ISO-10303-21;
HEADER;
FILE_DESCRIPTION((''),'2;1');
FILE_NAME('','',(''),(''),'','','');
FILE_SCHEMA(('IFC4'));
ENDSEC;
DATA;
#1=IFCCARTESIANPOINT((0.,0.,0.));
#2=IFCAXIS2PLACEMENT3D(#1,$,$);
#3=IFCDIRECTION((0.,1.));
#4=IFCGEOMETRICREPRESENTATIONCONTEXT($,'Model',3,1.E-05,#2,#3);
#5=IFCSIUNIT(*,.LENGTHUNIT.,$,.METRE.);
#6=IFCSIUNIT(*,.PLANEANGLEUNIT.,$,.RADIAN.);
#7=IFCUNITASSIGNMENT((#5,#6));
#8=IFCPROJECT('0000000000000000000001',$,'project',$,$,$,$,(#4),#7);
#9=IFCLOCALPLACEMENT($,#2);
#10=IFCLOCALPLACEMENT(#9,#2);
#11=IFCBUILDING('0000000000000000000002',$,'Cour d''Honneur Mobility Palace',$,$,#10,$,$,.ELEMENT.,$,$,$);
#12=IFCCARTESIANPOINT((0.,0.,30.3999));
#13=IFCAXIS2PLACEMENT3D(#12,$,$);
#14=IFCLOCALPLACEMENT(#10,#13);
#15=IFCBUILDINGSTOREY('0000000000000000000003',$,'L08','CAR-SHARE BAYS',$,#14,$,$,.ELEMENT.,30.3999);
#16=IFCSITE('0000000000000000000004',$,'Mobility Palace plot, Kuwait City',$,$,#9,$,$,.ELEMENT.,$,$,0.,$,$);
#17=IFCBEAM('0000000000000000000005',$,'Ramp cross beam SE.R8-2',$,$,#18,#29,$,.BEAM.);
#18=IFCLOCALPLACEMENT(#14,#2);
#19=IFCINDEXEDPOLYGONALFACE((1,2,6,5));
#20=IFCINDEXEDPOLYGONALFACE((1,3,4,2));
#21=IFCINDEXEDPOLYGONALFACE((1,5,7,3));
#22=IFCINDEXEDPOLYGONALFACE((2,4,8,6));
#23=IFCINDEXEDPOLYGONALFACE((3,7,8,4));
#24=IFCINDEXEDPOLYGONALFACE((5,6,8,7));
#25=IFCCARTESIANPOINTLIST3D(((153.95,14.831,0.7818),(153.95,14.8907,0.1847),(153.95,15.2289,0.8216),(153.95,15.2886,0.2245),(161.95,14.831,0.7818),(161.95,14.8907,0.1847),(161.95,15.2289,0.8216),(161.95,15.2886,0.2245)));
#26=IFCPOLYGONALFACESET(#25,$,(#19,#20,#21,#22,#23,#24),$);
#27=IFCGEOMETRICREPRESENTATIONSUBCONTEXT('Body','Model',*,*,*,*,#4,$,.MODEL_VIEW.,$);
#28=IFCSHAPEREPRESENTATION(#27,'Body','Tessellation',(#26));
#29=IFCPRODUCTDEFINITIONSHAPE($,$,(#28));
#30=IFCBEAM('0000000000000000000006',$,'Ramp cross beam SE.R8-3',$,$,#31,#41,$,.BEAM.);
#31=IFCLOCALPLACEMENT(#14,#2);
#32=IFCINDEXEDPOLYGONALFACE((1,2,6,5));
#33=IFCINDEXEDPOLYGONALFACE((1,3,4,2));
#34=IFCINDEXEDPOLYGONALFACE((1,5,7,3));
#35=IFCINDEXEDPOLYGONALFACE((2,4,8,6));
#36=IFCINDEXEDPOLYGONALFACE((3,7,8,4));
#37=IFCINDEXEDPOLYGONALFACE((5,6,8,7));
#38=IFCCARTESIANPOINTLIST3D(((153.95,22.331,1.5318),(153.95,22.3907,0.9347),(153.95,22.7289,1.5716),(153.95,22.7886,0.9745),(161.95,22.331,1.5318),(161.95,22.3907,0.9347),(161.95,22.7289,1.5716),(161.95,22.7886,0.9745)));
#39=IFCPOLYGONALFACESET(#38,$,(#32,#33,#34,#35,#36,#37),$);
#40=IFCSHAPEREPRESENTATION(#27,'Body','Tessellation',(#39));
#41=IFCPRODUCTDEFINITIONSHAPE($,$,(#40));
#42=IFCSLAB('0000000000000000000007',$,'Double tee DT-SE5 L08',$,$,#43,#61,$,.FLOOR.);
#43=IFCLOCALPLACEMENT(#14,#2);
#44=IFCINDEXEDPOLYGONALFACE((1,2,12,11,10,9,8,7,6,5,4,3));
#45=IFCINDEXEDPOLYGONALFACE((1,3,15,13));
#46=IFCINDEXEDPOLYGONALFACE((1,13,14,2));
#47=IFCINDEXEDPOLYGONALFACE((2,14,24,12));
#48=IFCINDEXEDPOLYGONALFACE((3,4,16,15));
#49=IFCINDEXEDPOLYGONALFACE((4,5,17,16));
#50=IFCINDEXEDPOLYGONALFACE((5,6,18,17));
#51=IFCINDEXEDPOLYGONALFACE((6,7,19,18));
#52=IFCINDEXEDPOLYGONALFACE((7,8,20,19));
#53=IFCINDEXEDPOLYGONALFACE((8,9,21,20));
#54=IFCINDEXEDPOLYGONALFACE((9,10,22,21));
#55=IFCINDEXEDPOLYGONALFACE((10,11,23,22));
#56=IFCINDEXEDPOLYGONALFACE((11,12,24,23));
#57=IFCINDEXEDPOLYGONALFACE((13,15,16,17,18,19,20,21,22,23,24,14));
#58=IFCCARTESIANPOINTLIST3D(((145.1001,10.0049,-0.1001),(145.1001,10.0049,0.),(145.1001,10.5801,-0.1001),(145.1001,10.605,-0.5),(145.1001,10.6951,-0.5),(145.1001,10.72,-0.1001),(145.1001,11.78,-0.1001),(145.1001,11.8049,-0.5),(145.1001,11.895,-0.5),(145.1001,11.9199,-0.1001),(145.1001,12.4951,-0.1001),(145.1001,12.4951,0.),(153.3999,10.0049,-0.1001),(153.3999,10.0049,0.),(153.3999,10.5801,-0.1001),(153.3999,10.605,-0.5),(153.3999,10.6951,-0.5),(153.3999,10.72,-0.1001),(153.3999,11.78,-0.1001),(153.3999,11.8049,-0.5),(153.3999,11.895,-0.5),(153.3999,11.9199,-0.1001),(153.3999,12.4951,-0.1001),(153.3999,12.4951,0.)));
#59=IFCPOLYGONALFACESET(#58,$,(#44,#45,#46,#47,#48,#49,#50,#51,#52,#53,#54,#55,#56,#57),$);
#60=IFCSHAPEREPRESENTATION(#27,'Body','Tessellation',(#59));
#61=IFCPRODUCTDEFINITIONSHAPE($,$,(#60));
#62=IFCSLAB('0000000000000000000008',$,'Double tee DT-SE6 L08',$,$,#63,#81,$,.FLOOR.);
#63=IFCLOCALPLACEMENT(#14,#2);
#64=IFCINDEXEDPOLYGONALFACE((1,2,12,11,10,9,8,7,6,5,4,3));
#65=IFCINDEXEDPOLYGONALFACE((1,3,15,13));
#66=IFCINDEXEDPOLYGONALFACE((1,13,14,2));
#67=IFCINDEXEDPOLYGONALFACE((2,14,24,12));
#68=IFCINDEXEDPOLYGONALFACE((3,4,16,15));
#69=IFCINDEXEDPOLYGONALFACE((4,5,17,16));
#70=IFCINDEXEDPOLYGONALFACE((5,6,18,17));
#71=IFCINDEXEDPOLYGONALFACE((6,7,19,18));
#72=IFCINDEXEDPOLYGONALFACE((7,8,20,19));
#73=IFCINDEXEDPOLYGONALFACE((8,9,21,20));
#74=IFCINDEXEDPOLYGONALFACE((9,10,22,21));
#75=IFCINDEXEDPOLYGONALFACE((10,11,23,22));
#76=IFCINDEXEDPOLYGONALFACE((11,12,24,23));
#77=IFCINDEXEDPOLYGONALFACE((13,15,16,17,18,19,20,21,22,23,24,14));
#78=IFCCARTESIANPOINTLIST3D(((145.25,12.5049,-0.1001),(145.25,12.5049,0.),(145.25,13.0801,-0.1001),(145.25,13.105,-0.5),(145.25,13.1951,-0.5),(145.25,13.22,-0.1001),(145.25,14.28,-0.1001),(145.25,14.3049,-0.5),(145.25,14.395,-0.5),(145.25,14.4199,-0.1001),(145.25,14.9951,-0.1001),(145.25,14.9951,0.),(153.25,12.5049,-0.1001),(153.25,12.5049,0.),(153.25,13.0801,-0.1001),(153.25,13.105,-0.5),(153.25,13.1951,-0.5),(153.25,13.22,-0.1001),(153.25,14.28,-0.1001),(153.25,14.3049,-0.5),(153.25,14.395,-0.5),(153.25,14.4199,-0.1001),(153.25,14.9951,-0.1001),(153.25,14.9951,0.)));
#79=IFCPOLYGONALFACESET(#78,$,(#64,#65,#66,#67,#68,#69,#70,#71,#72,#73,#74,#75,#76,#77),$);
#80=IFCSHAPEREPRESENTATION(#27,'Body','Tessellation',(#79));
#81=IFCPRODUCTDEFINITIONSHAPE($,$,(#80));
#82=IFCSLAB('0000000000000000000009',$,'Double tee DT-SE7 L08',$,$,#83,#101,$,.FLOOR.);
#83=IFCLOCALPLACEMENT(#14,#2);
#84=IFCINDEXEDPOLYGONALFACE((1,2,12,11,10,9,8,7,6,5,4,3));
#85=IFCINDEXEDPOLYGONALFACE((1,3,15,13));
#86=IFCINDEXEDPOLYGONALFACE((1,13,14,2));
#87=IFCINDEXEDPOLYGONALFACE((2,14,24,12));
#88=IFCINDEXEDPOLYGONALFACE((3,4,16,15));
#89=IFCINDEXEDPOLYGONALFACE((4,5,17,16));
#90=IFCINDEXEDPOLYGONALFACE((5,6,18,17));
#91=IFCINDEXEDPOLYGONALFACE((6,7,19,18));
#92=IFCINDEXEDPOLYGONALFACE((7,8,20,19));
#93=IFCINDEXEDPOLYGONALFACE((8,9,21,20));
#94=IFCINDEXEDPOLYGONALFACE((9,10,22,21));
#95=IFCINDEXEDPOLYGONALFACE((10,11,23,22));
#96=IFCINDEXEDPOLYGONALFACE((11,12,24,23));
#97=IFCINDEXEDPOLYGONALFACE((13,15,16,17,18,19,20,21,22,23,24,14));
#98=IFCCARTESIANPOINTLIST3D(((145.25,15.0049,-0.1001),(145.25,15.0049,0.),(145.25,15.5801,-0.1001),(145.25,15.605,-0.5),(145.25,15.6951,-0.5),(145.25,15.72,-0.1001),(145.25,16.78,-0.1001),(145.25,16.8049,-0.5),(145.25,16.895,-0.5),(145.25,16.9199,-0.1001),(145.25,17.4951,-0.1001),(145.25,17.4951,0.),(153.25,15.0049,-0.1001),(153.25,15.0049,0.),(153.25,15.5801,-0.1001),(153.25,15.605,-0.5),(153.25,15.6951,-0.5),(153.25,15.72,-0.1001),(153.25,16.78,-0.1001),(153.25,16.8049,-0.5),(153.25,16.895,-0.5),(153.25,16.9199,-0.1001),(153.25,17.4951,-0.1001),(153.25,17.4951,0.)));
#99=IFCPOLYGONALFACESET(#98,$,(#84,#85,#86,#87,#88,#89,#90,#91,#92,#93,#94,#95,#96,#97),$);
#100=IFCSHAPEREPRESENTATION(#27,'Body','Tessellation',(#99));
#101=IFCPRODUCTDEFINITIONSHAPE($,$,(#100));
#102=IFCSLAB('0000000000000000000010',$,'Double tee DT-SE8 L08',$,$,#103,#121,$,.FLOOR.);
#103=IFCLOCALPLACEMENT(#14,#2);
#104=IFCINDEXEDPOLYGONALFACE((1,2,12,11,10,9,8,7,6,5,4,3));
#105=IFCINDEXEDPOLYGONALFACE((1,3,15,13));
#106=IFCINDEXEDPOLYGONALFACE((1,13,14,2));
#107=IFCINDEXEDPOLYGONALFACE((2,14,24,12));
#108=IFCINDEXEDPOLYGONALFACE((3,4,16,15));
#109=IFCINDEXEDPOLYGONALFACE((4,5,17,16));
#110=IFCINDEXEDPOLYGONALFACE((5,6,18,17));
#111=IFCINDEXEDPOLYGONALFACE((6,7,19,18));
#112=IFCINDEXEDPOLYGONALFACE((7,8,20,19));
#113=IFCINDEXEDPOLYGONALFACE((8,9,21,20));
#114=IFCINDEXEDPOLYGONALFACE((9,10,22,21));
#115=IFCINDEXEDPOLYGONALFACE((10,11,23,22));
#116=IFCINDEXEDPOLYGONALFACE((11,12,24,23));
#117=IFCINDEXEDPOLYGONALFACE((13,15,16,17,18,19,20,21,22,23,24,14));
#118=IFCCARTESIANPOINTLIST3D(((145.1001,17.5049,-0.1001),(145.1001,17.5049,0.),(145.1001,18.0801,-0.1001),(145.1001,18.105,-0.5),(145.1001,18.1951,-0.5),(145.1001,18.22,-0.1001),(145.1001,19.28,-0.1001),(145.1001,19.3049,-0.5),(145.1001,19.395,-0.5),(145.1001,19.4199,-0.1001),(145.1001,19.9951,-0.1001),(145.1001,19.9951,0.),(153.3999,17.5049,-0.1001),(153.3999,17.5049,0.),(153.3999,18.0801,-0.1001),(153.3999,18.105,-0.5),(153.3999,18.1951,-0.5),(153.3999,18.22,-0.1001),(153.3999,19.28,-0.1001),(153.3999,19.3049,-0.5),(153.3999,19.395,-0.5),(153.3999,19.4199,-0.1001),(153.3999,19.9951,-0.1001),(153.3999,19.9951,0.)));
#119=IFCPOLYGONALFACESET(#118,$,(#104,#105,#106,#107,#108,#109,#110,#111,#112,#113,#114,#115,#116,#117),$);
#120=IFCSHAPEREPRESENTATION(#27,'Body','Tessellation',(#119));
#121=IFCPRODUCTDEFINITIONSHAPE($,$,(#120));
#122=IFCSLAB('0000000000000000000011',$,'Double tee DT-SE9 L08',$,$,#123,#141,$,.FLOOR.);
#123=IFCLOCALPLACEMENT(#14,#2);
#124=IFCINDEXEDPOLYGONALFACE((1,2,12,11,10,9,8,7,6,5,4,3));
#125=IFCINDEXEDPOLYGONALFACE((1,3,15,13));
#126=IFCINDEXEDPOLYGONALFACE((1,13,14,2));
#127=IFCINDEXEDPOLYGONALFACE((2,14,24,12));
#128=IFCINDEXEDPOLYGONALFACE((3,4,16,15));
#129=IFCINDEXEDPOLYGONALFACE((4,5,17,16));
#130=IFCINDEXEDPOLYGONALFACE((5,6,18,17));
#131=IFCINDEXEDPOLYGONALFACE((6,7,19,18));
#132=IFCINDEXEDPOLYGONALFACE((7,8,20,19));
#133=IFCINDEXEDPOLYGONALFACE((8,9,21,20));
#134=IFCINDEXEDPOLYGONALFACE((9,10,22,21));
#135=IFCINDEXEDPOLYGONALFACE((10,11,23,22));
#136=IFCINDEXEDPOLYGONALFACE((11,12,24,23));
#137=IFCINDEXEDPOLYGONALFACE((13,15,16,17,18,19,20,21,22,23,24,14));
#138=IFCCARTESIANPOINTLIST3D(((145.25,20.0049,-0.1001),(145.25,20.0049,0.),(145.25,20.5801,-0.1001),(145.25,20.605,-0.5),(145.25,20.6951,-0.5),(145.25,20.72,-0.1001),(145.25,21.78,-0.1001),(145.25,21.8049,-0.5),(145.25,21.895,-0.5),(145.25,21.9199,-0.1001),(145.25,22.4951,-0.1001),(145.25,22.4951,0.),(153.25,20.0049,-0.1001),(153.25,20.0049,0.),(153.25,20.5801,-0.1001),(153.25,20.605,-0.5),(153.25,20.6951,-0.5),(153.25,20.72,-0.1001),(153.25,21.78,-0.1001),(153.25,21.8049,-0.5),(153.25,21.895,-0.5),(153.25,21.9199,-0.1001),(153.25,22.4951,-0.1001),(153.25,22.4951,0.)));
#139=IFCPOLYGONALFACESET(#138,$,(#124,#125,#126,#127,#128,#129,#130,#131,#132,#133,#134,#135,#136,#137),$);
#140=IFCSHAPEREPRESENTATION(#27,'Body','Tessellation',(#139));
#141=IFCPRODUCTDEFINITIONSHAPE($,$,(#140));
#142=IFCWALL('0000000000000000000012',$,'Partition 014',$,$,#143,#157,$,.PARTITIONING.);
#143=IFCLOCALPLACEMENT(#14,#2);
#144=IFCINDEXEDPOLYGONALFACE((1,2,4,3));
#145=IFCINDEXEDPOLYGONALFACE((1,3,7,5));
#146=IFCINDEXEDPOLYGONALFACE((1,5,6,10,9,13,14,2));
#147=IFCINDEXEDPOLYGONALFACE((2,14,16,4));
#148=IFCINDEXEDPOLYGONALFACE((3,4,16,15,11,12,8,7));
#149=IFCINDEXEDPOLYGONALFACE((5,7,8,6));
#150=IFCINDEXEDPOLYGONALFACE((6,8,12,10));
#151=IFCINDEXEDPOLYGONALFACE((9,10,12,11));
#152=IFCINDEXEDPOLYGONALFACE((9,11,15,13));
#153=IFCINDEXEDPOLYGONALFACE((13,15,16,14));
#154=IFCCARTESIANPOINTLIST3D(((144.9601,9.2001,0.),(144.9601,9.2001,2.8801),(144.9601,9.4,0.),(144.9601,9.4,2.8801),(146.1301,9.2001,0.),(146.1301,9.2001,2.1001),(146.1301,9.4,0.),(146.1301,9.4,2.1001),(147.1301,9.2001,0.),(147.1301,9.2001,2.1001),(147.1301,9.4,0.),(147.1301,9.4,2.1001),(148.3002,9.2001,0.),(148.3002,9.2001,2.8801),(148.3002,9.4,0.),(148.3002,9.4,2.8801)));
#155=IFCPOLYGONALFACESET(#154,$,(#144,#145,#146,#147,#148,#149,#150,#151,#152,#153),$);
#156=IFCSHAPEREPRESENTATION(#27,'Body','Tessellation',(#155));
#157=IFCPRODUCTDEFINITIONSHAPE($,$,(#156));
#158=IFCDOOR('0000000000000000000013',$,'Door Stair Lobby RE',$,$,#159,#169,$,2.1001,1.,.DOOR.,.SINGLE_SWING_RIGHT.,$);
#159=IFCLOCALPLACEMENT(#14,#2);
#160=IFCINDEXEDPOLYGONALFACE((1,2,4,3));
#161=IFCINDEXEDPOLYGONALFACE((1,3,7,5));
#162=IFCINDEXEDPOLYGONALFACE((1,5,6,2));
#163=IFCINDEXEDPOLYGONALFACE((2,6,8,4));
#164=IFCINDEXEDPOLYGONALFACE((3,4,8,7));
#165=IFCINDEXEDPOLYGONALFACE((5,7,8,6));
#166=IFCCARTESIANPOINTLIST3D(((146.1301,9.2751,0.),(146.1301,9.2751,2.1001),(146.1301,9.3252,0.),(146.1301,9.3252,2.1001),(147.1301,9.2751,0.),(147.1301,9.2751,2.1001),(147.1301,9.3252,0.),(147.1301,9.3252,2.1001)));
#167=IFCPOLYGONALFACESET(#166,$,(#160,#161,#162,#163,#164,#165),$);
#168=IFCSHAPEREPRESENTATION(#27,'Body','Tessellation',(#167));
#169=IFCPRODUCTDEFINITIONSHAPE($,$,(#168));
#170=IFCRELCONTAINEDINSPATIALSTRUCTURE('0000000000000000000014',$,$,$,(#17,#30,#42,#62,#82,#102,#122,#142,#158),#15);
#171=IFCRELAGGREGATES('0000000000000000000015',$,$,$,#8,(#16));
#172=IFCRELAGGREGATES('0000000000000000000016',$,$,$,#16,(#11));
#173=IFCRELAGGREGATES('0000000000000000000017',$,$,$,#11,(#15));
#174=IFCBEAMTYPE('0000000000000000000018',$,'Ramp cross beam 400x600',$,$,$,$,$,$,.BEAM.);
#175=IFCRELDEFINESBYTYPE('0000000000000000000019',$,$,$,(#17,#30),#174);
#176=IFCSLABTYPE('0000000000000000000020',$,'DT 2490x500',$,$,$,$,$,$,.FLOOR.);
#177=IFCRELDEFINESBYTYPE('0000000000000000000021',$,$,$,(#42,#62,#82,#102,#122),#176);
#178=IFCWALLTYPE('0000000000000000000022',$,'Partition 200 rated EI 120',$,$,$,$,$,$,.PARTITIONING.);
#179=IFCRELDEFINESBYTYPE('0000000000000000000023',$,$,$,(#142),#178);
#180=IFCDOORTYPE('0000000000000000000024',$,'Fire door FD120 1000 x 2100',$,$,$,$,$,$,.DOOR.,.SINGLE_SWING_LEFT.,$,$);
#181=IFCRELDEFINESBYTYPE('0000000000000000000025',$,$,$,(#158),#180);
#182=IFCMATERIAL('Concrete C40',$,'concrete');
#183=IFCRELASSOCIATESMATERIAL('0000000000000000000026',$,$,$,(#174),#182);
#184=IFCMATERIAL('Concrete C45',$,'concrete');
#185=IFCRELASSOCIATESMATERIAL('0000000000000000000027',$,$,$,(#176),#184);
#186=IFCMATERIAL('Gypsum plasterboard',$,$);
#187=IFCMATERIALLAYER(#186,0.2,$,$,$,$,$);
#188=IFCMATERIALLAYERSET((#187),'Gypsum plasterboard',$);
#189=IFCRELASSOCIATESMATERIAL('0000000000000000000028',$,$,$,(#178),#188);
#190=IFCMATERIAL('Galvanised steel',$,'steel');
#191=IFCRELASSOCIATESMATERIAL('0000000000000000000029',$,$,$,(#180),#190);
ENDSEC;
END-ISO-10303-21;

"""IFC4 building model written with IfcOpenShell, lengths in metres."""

from ifc_helpers import new_model, si_unit, direction, frame, frame_2d, origin, origin_2d, place, context, subcontext, project, spatial, polyline, rectangle, outline, extrude, material, layer, layer_set, material_profile, profile_set, type_object, element, fill, save


model = new_model("IFC4")

# Units and contexts
model_context = context("Model", 3, precision=1e-05, world=origin(), true_north=direction((0.0, 1.0)))
body_context = subcontext(model_context, "Body", "Model", "MODEL_VIEW")
ifc_project = project(units=[si_unit("LENGTHUNIT", "METRE"), si_unit("PLANEANGLEUNIT", "RADIAN")], contexts=[model_context])

# Site, building, storey
site_placement = place(None, origin())
site = spatial("IfcSite", under=ifc_project, at=site_placement, Name="Mobility Palace plot, Kuwait City", CompositionType="ELEMENT", RefElevation=0.0)
building_placement = place(site_placement, origin())
building = spatial("IfcBuilding", under=site, at=building_placement, Name="Cour d'Honneur Mobility Palace", CompositionType="ELEMENT")
storey_placement = place(building_placement, frame((0.0, 0.0, 30.3999)))
storey = spatial("IfcBuildingStorey", under=building, at=storey_placement, Name="L08", Description="CAR-SHARE BAYS", CompositionType="ELEMENT", Elevation=30.3999)

# Beams
ifc_material_1 = material(Name="Concrete C40", Category="concrete")
ifc_material_profile_1 = material_profile(ifc_material_1, rectangle(XDim=0.3999, YDim=0.6001, at=origin_2d()), Name="Ramp cross beam 400x600")
ifc_profile_set_1 = profile_set([ifc_material_profile_1], Name="Concrete C40")
beam_type_1 = type_object("IfcBeamType", Name="Ramp cross beam 400x600", PredefinedType="BEAM", material=ifc_profile_set_1)
for number, where, z_axis, x_axis, name in (
    (1, (161.95, 15.0598, 0.5032), (-1.0, 0.0, 0.0), (0.0, -0.995037, -0.099504), "Ramp cross beam SE.R8-2"),
    (2, (161.95, 22.5598, 1.2532), (-1.0, 0.0, 0.0), (0.0, -0.995037, -0.099504), "Ramp cross beam SE.R8-3"),
):
    element("IfcBeam", number, at=place(storey_placement, frame(where, z_axis=z_axis, x_axis=x_axis)), inside=storey, type_object=beam_type_1, Name=name, PredefinedType="BEAM", context=body_context, shape_type="SweptSolid", body=[
        extrude(rectangle(XDim=0.3999, YDim=0.6001, at=origin_2d()), origin(), (0.0, 0.0, 1.0), 8.0),
    ])

# Slabs
ifc_material_2 = material(Name="Concrete C45", Category="concrete")
ifc_material_profile_2 = material_profile(ifc_material_2, outline(polyline([(-1.2451, 0.0), (1.2451, 0.0), (1.2451, -0.1001), (0.6699, -0.1001), (0.645, -0.5), (0.5549, -0.5), (0.53, -0.1001), (-0.53, -0.1001), (-0.5549, -0.5), (-0.645, -0.5), (-0.6699, -0.1001), (-1.2451, -0.1001), (-1.2451, 0.0)])), Name="DT 2490x500")
ifc_profile_set_2 = profile_set([ifc_material_profile_2], Name="Concrete C45")
slab_type = type_object("IfcSlabType", Name="DT 2490x500", PredefinedType="FLOOR", material=ifc_profile_set_2)
slab_1_placement = place(storey_placement, frame((145.1001, 11.25, 0.0), z_axis=(1.0, 0.0, 0.0), x_axis=(0.0, 1.0, 0.0)))
element("IfcSlab", 3, at=slab_1_placement, inside=storey, type_object=slab_type, Name="Double tee DT-SE5 L08", PredefinedType="FLOOR", context=body_context, shape_type="SweptSolid", body=[
    extrude(outline(polyline([(-1.2451, 0.0), (1.2451, 0.0), (1.2451, -0.1001), (0.6699, -0.1001), (0.645, -0.5), (0.5549, -0.5), (0.53, -0.1001), (-0.53, -0.1001), (-0.5549, -0.5), (-0.645, -0.5), (-0.6699, -0.1001), (-1.2451, -0.1001), (-1.2451, 0.0)])), origin(), (0.0, 0.0, 1.0), 8.2998),
])
for number, where, z_axis, x_axis, name in (
    (4, (145.25, 13.75, 0.0), (1.0, 0.0, 0.0), (0.0, 1.0, 0.0), "Double tee DT-SE6 L08"),
    (5, (145.25, 16.25, 0.0), (1.0, 0.0, 0.0), (0.0, 1.0, 0.0), "Double tee DT-SE7 L08"),
):
    element("IfcSlab", number, at=place(storey_placement, frame(where, z_axis=z_axis, x_axis=x_axis)), inside=storey, type_object=slab_type, Name=name, PredefinedType="FLOOR", context=body_context, shape_type="SweptSolid", body=[
        extrude(outline(polyline([(-1.2451, 0.0), (1.2451, 0.0), (1.2451, -0.1001), (0.6699, -0.1001), (0.645, -0.5), (0.5549, -0.5), (0.53, -0.1001), (-0.53, -0.1001), (-0.5549, -0.5), (-0.645, -0.5), (-0.6699, -0.1001), (-1.2451, -0.1001), (-1.2451, 0.0)])), origin(), (0.0, 0.0, 1.0), 8.0),
    ])
slab_2_placement = place(storey_placement, frame((145.1001, 18.75, 0.0), z_axis=(1.0, 0.0, 0.0), x_axis=(0.0, 1.0, 0.0)))
element("IfcSlab", 6, at=slab_2_placement, inside=storey, type_object=slab_type, Name="Double tee DT-SE8 L08", PredefinedType="FLOOR", context=body_context, shape_type="SweptSolid", body=[
    extrude(outline(polyline([(-1.2451, 0.0), (1.2451, 0.0), (1.2451, -0.1001), (0.6699, -0.1001), (0.645, -0.5), (0.5549, -0.5), (0.53, -0.1001), (-0.53, -0.1001), (-0.5549, -0.5), (-0.645, -0.5), (-0.6699, -0.1001), (-1.2451, -0.1001), (-1.2451, 0.0)])), origin(), (0.0, 0.0, 1.0), 8.2998),
])
slab_3_placement = place(storey_placement, frame((145.25, 21.25, 0.0), z_axis=(1.0, 0.0, 0.0), x_axis=(0.0, 1.0, 0.0)))
element("IfcSlab", 7, at=slab_3_placement, inside=storey, type_object=slab_type, Name="Double tee DT-SE9 L08", PredefinedType="FLOOR", context=body_context, shape_type="SweptSolid", body=[
    extrude(outline(polyline([(-1.2451, 0.0), (1.2451, 0.0), (1.2451, -0.1001), (0.6699, -0.1001), (0.645, -0.5), (0.5549, -0.5), (0.53, -0.1001), (-0.53, -0.1001), (-0.5549, -0.5), (-0.645, -0.5), (-0.6699, -0.1001), (-1.2451, -0.1001), (-1.2451, 0.0)])), origin(), (0.0, 0.0, 1.0), 8.0),
])

# Wall, opening, door
ifc_material_3 = material(Name="Gypsum plasterboard")
ifc_layer_1 = layer(ifc_material_3, 0.2)
ifc_layer_set_1 = layer_set([ifc_layer_1], Name="Gypsum plasterboard")
wall_type = type_object("IfcWallType", Name="Partition 200 rated EI 120", PredefinedType="PARTITIONING", material=ifc_layer_set_1)
wall_placement = place(storey_placement, frame((148.3, 9.3, 0.0), z_axis=(0.0, 0.0, 1.0), x_axis=(-1.0, 0.0, 0.0)))
wall = element("IfcWall", 8, at=wall_placement, inside=storey, type_object=wall_type, Name="Partition 014", PredefinedType="PARTITIONING", context=body_context, shape_type="SweptSolid", body=[
    extrude(rectangle(XDim=3.3401, YDim=0.2, at=frame_2d((1.6699, 0.0))), origin(), (0.0, 0.0, 1.0), 2.8801),
])
opening_placement = place(wall_placement, frame((1.1699, 0.0, 0.0)))
opening = element("IfcOpeningElement", 9, at=opening_placement, cuts=wall, PredefinedType="OPENING", context=body_context, shape_type="SweptSolid", body=[
    extrude(rectangle(XDim=1.0, YDim=2.1001, at=frame_2d((0.5, 1.05))), frame((0.0, 0.1099, 0.0), z_axis=(0.0, -1.0, 0.0), x_axis=(1.0, 0.0, 0.0)), (0.0, 0.0, 1.0), 0.22),
])
ifc_material_4 = material(Name="Galvanised steel", Category="steel")
door_type = type_object("IfcDoorType", Name="Fire door FD120 1000 x 2100", OperationType="SINGLE_SWING_LEFT", PredefinedType="DOOR", material=ifc_material_4)
door_placement = place(opening_placement, origin())
door = element("IfcDoor", 10, at=door_placement, inside=storey, type_object=door_type, Name="Door Stair Lobby RE", OperationType="SINGLE_SWING_RIGHT", OverallHeight=2.1001, OverallWidth=1.0, PredefinedType="DOOR", context=body_context, shape_type="SweptSolid", body=[
    extrude(rectangle(XDim=1.0, YDim=2.1001, at=frame_2d((0.5, 1.05))), frame((0.0, 0.0249, 0.0), z_axis=(0.0, -1.0, 0.0), x_axis=(1.0, 0.0, 0.0)), (0.0, 0.0, 1.0), 0.05),
])
fill(opening, door)

save(model, "model.ifc")
